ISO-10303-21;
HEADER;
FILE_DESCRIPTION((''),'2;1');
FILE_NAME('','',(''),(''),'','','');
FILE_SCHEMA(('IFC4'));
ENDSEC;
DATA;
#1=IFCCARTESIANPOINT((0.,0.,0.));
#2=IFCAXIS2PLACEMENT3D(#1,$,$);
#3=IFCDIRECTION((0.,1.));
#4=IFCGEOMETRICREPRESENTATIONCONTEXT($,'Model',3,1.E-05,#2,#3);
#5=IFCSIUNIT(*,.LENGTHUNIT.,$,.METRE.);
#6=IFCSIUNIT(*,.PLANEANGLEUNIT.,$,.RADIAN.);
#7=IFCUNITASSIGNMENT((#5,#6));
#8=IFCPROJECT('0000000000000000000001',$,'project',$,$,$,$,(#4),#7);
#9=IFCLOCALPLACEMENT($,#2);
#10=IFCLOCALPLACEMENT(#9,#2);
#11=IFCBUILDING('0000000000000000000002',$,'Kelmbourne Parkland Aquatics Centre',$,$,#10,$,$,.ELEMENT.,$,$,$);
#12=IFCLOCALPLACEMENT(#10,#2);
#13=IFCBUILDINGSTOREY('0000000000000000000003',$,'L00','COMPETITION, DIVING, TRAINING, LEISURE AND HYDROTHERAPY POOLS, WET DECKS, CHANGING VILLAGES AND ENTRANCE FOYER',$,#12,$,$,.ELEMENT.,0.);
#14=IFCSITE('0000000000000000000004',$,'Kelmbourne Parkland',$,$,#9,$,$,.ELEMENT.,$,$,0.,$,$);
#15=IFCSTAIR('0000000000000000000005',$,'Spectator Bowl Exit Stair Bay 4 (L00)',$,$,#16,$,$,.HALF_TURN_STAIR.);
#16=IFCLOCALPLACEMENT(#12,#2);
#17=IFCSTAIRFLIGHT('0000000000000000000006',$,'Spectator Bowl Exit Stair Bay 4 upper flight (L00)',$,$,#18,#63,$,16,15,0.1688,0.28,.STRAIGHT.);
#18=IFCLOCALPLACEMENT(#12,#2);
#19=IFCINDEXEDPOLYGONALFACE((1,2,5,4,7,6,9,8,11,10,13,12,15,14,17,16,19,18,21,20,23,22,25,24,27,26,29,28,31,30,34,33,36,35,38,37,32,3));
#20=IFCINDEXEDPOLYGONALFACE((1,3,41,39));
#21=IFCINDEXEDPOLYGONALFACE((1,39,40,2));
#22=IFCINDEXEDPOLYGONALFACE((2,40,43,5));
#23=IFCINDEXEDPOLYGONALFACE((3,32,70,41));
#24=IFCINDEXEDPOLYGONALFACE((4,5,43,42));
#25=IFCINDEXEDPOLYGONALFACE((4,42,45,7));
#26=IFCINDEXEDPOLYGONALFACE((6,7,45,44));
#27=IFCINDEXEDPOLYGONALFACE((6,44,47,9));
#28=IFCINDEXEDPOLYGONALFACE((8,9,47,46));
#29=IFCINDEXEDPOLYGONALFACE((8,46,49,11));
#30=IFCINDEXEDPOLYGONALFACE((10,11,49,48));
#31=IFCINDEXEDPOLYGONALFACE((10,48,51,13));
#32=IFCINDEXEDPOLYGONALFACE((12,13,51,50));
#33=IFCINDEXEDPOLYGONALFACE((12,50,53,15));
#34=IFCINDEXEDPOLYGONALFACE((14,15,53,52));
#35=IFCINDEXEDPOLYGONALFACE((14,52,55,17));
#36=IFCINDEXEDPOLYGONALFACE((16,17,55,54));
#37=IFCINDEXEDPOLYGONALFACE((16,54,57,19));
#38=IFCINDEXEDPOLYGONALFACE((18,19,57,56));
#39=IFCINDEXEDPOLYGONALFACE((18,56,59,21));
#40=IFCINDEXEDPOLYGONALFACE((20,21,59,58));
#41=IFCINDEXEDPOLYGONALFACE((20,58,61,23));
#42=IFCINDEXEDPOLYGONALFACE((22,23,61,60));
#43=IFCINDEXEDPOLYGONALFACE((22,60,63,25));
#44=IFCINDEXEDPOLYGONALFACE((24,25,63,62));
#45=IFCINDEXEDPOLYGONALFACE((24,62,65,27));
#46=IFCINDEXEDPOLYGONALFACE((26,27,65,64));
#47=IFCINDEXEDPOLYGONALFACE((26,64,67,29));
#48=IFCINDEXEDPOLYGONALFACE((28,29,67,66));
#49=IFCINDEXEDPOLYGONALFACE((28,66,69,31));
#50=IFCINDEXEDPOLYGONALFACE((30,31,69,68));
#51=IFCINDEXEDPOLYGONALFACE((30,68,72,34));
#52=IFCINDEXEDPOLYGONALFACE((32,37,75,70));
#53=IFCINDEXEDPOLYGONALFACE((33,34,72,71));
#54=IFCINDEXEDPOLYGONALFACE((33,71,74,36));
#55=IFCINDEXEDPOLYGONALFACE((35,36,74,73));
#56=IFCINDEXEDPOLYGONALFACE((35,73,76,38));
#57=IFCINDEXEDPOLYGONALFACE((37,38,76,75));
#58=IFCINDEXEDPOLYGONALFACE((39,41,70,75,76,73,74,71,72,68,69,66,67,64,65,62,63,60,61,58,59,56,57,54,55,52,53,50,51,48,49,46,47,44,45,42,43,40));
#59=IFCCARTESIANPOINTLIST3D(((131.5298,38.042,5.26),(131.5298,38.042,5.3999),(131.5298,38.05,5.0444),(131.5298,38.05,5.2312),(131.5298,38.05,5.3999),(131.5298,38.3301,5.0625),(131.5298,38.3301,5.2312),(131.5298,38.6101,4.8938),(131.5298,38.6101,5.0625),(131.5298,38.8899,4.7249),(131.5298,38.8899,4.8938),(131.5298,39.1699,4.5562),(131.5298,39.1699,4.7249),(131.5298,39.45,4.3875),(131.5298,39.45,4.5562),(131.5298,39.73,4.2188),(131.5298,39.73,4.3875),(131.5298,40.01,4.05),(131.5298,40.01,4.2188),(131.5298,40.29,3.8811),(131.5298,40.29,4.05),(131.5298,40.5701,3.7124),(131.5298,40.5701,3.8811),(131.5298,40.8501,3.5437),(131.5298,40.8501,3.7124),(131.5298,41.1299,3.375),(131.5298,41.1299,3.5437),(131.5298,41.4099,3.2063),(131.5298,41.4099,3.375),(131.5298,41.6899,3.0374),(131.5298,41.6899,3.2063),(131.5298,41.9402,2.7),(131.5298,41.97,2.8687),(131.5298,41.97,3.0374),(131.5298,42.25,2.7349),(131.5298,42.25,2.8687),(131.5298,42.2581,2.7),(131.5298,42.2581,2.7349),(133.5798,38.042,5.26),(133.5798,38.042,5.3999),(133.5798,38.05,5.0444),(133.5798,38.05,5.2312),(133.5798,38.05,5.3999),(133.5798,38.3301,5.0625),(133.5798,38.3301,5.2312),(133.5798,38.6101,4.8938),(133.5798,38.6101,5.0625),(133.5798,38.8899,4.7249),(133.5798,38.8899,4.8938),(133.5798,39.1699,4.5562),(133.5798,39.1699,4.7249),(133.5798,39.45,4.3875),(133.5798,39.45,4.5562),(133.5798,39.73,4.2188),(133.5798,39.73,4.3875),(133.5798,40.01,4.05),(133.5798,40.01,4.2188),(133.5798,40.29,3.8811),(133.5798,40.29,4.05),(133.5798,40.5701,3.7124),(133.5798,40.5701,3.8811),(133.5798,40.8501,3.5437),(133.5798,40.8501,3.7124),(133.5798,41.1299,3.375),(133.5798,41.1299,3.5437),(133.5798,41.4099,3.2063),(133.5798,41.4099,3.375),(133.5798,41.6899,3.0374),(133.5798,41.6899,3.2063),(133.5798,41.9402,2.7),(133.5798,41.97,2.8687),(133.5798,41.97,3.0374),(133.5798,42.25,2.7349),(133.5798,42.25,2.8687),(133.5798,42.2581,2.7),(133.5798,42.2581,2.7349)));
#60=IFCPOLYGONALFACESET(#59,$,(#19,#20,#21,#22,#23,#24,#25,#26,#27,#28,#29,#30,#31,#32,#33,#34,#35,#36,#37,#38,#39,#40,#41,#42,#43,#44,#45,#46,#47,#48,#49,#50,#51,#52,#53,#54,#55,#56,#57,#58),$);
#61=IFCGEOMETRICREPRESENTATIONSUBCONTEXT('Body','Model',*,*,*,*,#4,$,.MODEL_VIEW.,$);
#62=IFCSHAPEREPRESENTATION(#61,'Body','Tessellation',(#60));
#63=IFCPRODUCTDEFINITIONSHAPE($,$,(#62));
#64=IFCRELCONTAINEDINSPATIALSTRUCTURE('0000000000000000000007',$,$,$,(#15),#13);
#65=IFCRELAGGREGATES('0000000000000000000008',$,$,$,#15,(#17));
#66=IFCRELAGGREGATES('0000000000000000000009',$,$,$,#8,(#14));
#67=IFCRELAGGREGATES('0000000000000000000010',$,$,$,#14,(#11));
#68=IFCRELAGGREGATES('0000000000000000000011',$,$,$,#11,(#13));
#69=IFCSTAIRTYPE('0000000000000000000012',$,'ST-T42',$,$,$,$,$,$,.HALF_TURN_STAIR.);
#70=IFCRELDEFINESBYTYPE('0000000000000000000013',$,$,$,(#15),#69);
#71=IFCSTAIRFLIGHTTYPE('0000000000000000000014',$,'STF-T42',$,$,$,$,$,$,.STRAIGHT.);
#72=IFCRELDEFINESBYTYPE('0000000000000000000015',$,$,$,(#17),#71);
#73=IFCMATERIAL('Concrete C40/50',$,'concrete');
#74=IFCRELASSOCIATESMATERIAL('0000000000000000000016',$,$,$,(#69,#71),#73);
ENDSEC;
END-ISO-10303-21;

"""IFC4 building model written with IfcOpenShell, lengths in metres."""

from ifc_helpers import new_model, si_unit, direction, frame, origin, place, context, subcontext, project, spatial, polyline, outline, extrude, material, type_object, element, aggregate, save


model = new_model("IFC4")

# Units and contexts
model_context = context("Model", 3, precision=1e-05, world=origin(), true_north=direction((0.0, 1.0)))
body_context = subcontext(model_context, "Body", "Model", "MODEL_VIEW")
ifc_project = project(units=[si_unit("LENGTHUNIT", "METRE"), si_unit("PLANEANGLEUNIT", "RADIAN")], contexts=[model_context])

# Site, building, storey
site_placement = place(None, origin())
site = spatial("IfcSite", under=ifc_project, at=site_placement, Name="Kelmbourne Parkland", CompositionType="ELEMENT", RefElevation=0.0)
building_placement = place(site_placement, origin())
building = spatial("IfcBuilding", under=site, at=building_placement, Name="Kelmbourne Parkland Aquatics Centre", CompositionType="ELEMENT")
storey_placement = place(building_placement, origin())
storey = spatial("IfcBuildingStorey", under=building, at=storey_placement, Name="L00", Description="COMPETITION, DIVING, TRAINING, LEISURE AND HYDROTHERAPY POOLS, WET DECKS, CHANGING VILLAGES AND ENTRANCE FOYER", CompositionType="ELEMENT", Elevation=0.0)

# Shared definitions
ifc_material_1 = material(Name="Concrete C40/50", Category="concrete")

# Stair, stair flight
stair_type = type_object("IfcStairType", Name="ST-T42", PredefinedType="HALF_TURN_STAIR", material=ifc_material_1)
stair_placement = place(storey_placement, origin())
stair = element("IfcStair", 1, at=stair_placement, inside=storey, type_object=stair_type, Name="Spectator Bowl Exit Stair Bay 4 (L00)", PredefinedType="HALF_TURN_STAIR")
stair_flight_type = type_object("IfcStairFlightType", Name="STF-T42", PredefinedType="STRAIGHT", material=ifc_material_1)
stair_flight_1_placement = place(storey_placement, frame((132.5549, 42.25, 2.7), z_axis=(0.0, 0.0, 1.0), x_axis=(0.0, -1.0, 0.0)))
stair_flight_1 = element("IfcStairFlight", 2, at=stair_flight_1_placement, type_object=stair_flight_type, Name="Spectator Bowl Exit Stair Bay 4 upper flight (L00)", NumberOfRisers=16, NumberOfTreads=15, PredefinedType="STRAIGHT", RiserHeight=0.1688, TreadLength=0.28, context=body_context, shape_type="SweptSolid", body=[
    extrude(outline(polyline([(-0.0081, 0.0), (-0.0081, 0.0349), (0.0, 0.0349), (0.0, 0.1687), (0.28, 0.1687), (0.28, 0.3374), (0.5601, 0.3374), (0.5601, 0.5063), (0.8401, 0.5063), (0.8401, 0.675), (1.1201, 0.675), (1.1201, 0.8438), (1.3999, 0.8438), (1.3999, 1.0125), (1.6799, 1.0125), (1.6799, 1.1812), (1.96, 1.1812), (1.96, 1.3501), (2.24, 1.3501), (2.24, 1.5188), (2.52, 1.5188), (2.52, 1.6875), (2.8, 1.6875), (2.8, 1.8562), (3.0801, 1.8562), (3.0801, 2.0249), (3.3601, 2.0249), (3.3601, 2.1938), (3.6399, 2.1938), (3.6399, 2.3625), (3.9199, 2.3625), (3.9199, 2.5312), (4.2, 2.5312), (4.2, 2.7), (4.208, 2.7), (4.208, 2.5601), (4.2, 2.3445), (0.3098, 0.0), (-0.0081, 0.0)])), frame((0.0, 1.0249, 0.0), z_axis=(0.0, -1.0, 0.0), x_axis=(1.0, 0.0, 0.0)), (0.0, 0.0, 1.0), 2.05),
])
aggregate(stair, [stair_flight_1])

save(model, "model.ifc")
